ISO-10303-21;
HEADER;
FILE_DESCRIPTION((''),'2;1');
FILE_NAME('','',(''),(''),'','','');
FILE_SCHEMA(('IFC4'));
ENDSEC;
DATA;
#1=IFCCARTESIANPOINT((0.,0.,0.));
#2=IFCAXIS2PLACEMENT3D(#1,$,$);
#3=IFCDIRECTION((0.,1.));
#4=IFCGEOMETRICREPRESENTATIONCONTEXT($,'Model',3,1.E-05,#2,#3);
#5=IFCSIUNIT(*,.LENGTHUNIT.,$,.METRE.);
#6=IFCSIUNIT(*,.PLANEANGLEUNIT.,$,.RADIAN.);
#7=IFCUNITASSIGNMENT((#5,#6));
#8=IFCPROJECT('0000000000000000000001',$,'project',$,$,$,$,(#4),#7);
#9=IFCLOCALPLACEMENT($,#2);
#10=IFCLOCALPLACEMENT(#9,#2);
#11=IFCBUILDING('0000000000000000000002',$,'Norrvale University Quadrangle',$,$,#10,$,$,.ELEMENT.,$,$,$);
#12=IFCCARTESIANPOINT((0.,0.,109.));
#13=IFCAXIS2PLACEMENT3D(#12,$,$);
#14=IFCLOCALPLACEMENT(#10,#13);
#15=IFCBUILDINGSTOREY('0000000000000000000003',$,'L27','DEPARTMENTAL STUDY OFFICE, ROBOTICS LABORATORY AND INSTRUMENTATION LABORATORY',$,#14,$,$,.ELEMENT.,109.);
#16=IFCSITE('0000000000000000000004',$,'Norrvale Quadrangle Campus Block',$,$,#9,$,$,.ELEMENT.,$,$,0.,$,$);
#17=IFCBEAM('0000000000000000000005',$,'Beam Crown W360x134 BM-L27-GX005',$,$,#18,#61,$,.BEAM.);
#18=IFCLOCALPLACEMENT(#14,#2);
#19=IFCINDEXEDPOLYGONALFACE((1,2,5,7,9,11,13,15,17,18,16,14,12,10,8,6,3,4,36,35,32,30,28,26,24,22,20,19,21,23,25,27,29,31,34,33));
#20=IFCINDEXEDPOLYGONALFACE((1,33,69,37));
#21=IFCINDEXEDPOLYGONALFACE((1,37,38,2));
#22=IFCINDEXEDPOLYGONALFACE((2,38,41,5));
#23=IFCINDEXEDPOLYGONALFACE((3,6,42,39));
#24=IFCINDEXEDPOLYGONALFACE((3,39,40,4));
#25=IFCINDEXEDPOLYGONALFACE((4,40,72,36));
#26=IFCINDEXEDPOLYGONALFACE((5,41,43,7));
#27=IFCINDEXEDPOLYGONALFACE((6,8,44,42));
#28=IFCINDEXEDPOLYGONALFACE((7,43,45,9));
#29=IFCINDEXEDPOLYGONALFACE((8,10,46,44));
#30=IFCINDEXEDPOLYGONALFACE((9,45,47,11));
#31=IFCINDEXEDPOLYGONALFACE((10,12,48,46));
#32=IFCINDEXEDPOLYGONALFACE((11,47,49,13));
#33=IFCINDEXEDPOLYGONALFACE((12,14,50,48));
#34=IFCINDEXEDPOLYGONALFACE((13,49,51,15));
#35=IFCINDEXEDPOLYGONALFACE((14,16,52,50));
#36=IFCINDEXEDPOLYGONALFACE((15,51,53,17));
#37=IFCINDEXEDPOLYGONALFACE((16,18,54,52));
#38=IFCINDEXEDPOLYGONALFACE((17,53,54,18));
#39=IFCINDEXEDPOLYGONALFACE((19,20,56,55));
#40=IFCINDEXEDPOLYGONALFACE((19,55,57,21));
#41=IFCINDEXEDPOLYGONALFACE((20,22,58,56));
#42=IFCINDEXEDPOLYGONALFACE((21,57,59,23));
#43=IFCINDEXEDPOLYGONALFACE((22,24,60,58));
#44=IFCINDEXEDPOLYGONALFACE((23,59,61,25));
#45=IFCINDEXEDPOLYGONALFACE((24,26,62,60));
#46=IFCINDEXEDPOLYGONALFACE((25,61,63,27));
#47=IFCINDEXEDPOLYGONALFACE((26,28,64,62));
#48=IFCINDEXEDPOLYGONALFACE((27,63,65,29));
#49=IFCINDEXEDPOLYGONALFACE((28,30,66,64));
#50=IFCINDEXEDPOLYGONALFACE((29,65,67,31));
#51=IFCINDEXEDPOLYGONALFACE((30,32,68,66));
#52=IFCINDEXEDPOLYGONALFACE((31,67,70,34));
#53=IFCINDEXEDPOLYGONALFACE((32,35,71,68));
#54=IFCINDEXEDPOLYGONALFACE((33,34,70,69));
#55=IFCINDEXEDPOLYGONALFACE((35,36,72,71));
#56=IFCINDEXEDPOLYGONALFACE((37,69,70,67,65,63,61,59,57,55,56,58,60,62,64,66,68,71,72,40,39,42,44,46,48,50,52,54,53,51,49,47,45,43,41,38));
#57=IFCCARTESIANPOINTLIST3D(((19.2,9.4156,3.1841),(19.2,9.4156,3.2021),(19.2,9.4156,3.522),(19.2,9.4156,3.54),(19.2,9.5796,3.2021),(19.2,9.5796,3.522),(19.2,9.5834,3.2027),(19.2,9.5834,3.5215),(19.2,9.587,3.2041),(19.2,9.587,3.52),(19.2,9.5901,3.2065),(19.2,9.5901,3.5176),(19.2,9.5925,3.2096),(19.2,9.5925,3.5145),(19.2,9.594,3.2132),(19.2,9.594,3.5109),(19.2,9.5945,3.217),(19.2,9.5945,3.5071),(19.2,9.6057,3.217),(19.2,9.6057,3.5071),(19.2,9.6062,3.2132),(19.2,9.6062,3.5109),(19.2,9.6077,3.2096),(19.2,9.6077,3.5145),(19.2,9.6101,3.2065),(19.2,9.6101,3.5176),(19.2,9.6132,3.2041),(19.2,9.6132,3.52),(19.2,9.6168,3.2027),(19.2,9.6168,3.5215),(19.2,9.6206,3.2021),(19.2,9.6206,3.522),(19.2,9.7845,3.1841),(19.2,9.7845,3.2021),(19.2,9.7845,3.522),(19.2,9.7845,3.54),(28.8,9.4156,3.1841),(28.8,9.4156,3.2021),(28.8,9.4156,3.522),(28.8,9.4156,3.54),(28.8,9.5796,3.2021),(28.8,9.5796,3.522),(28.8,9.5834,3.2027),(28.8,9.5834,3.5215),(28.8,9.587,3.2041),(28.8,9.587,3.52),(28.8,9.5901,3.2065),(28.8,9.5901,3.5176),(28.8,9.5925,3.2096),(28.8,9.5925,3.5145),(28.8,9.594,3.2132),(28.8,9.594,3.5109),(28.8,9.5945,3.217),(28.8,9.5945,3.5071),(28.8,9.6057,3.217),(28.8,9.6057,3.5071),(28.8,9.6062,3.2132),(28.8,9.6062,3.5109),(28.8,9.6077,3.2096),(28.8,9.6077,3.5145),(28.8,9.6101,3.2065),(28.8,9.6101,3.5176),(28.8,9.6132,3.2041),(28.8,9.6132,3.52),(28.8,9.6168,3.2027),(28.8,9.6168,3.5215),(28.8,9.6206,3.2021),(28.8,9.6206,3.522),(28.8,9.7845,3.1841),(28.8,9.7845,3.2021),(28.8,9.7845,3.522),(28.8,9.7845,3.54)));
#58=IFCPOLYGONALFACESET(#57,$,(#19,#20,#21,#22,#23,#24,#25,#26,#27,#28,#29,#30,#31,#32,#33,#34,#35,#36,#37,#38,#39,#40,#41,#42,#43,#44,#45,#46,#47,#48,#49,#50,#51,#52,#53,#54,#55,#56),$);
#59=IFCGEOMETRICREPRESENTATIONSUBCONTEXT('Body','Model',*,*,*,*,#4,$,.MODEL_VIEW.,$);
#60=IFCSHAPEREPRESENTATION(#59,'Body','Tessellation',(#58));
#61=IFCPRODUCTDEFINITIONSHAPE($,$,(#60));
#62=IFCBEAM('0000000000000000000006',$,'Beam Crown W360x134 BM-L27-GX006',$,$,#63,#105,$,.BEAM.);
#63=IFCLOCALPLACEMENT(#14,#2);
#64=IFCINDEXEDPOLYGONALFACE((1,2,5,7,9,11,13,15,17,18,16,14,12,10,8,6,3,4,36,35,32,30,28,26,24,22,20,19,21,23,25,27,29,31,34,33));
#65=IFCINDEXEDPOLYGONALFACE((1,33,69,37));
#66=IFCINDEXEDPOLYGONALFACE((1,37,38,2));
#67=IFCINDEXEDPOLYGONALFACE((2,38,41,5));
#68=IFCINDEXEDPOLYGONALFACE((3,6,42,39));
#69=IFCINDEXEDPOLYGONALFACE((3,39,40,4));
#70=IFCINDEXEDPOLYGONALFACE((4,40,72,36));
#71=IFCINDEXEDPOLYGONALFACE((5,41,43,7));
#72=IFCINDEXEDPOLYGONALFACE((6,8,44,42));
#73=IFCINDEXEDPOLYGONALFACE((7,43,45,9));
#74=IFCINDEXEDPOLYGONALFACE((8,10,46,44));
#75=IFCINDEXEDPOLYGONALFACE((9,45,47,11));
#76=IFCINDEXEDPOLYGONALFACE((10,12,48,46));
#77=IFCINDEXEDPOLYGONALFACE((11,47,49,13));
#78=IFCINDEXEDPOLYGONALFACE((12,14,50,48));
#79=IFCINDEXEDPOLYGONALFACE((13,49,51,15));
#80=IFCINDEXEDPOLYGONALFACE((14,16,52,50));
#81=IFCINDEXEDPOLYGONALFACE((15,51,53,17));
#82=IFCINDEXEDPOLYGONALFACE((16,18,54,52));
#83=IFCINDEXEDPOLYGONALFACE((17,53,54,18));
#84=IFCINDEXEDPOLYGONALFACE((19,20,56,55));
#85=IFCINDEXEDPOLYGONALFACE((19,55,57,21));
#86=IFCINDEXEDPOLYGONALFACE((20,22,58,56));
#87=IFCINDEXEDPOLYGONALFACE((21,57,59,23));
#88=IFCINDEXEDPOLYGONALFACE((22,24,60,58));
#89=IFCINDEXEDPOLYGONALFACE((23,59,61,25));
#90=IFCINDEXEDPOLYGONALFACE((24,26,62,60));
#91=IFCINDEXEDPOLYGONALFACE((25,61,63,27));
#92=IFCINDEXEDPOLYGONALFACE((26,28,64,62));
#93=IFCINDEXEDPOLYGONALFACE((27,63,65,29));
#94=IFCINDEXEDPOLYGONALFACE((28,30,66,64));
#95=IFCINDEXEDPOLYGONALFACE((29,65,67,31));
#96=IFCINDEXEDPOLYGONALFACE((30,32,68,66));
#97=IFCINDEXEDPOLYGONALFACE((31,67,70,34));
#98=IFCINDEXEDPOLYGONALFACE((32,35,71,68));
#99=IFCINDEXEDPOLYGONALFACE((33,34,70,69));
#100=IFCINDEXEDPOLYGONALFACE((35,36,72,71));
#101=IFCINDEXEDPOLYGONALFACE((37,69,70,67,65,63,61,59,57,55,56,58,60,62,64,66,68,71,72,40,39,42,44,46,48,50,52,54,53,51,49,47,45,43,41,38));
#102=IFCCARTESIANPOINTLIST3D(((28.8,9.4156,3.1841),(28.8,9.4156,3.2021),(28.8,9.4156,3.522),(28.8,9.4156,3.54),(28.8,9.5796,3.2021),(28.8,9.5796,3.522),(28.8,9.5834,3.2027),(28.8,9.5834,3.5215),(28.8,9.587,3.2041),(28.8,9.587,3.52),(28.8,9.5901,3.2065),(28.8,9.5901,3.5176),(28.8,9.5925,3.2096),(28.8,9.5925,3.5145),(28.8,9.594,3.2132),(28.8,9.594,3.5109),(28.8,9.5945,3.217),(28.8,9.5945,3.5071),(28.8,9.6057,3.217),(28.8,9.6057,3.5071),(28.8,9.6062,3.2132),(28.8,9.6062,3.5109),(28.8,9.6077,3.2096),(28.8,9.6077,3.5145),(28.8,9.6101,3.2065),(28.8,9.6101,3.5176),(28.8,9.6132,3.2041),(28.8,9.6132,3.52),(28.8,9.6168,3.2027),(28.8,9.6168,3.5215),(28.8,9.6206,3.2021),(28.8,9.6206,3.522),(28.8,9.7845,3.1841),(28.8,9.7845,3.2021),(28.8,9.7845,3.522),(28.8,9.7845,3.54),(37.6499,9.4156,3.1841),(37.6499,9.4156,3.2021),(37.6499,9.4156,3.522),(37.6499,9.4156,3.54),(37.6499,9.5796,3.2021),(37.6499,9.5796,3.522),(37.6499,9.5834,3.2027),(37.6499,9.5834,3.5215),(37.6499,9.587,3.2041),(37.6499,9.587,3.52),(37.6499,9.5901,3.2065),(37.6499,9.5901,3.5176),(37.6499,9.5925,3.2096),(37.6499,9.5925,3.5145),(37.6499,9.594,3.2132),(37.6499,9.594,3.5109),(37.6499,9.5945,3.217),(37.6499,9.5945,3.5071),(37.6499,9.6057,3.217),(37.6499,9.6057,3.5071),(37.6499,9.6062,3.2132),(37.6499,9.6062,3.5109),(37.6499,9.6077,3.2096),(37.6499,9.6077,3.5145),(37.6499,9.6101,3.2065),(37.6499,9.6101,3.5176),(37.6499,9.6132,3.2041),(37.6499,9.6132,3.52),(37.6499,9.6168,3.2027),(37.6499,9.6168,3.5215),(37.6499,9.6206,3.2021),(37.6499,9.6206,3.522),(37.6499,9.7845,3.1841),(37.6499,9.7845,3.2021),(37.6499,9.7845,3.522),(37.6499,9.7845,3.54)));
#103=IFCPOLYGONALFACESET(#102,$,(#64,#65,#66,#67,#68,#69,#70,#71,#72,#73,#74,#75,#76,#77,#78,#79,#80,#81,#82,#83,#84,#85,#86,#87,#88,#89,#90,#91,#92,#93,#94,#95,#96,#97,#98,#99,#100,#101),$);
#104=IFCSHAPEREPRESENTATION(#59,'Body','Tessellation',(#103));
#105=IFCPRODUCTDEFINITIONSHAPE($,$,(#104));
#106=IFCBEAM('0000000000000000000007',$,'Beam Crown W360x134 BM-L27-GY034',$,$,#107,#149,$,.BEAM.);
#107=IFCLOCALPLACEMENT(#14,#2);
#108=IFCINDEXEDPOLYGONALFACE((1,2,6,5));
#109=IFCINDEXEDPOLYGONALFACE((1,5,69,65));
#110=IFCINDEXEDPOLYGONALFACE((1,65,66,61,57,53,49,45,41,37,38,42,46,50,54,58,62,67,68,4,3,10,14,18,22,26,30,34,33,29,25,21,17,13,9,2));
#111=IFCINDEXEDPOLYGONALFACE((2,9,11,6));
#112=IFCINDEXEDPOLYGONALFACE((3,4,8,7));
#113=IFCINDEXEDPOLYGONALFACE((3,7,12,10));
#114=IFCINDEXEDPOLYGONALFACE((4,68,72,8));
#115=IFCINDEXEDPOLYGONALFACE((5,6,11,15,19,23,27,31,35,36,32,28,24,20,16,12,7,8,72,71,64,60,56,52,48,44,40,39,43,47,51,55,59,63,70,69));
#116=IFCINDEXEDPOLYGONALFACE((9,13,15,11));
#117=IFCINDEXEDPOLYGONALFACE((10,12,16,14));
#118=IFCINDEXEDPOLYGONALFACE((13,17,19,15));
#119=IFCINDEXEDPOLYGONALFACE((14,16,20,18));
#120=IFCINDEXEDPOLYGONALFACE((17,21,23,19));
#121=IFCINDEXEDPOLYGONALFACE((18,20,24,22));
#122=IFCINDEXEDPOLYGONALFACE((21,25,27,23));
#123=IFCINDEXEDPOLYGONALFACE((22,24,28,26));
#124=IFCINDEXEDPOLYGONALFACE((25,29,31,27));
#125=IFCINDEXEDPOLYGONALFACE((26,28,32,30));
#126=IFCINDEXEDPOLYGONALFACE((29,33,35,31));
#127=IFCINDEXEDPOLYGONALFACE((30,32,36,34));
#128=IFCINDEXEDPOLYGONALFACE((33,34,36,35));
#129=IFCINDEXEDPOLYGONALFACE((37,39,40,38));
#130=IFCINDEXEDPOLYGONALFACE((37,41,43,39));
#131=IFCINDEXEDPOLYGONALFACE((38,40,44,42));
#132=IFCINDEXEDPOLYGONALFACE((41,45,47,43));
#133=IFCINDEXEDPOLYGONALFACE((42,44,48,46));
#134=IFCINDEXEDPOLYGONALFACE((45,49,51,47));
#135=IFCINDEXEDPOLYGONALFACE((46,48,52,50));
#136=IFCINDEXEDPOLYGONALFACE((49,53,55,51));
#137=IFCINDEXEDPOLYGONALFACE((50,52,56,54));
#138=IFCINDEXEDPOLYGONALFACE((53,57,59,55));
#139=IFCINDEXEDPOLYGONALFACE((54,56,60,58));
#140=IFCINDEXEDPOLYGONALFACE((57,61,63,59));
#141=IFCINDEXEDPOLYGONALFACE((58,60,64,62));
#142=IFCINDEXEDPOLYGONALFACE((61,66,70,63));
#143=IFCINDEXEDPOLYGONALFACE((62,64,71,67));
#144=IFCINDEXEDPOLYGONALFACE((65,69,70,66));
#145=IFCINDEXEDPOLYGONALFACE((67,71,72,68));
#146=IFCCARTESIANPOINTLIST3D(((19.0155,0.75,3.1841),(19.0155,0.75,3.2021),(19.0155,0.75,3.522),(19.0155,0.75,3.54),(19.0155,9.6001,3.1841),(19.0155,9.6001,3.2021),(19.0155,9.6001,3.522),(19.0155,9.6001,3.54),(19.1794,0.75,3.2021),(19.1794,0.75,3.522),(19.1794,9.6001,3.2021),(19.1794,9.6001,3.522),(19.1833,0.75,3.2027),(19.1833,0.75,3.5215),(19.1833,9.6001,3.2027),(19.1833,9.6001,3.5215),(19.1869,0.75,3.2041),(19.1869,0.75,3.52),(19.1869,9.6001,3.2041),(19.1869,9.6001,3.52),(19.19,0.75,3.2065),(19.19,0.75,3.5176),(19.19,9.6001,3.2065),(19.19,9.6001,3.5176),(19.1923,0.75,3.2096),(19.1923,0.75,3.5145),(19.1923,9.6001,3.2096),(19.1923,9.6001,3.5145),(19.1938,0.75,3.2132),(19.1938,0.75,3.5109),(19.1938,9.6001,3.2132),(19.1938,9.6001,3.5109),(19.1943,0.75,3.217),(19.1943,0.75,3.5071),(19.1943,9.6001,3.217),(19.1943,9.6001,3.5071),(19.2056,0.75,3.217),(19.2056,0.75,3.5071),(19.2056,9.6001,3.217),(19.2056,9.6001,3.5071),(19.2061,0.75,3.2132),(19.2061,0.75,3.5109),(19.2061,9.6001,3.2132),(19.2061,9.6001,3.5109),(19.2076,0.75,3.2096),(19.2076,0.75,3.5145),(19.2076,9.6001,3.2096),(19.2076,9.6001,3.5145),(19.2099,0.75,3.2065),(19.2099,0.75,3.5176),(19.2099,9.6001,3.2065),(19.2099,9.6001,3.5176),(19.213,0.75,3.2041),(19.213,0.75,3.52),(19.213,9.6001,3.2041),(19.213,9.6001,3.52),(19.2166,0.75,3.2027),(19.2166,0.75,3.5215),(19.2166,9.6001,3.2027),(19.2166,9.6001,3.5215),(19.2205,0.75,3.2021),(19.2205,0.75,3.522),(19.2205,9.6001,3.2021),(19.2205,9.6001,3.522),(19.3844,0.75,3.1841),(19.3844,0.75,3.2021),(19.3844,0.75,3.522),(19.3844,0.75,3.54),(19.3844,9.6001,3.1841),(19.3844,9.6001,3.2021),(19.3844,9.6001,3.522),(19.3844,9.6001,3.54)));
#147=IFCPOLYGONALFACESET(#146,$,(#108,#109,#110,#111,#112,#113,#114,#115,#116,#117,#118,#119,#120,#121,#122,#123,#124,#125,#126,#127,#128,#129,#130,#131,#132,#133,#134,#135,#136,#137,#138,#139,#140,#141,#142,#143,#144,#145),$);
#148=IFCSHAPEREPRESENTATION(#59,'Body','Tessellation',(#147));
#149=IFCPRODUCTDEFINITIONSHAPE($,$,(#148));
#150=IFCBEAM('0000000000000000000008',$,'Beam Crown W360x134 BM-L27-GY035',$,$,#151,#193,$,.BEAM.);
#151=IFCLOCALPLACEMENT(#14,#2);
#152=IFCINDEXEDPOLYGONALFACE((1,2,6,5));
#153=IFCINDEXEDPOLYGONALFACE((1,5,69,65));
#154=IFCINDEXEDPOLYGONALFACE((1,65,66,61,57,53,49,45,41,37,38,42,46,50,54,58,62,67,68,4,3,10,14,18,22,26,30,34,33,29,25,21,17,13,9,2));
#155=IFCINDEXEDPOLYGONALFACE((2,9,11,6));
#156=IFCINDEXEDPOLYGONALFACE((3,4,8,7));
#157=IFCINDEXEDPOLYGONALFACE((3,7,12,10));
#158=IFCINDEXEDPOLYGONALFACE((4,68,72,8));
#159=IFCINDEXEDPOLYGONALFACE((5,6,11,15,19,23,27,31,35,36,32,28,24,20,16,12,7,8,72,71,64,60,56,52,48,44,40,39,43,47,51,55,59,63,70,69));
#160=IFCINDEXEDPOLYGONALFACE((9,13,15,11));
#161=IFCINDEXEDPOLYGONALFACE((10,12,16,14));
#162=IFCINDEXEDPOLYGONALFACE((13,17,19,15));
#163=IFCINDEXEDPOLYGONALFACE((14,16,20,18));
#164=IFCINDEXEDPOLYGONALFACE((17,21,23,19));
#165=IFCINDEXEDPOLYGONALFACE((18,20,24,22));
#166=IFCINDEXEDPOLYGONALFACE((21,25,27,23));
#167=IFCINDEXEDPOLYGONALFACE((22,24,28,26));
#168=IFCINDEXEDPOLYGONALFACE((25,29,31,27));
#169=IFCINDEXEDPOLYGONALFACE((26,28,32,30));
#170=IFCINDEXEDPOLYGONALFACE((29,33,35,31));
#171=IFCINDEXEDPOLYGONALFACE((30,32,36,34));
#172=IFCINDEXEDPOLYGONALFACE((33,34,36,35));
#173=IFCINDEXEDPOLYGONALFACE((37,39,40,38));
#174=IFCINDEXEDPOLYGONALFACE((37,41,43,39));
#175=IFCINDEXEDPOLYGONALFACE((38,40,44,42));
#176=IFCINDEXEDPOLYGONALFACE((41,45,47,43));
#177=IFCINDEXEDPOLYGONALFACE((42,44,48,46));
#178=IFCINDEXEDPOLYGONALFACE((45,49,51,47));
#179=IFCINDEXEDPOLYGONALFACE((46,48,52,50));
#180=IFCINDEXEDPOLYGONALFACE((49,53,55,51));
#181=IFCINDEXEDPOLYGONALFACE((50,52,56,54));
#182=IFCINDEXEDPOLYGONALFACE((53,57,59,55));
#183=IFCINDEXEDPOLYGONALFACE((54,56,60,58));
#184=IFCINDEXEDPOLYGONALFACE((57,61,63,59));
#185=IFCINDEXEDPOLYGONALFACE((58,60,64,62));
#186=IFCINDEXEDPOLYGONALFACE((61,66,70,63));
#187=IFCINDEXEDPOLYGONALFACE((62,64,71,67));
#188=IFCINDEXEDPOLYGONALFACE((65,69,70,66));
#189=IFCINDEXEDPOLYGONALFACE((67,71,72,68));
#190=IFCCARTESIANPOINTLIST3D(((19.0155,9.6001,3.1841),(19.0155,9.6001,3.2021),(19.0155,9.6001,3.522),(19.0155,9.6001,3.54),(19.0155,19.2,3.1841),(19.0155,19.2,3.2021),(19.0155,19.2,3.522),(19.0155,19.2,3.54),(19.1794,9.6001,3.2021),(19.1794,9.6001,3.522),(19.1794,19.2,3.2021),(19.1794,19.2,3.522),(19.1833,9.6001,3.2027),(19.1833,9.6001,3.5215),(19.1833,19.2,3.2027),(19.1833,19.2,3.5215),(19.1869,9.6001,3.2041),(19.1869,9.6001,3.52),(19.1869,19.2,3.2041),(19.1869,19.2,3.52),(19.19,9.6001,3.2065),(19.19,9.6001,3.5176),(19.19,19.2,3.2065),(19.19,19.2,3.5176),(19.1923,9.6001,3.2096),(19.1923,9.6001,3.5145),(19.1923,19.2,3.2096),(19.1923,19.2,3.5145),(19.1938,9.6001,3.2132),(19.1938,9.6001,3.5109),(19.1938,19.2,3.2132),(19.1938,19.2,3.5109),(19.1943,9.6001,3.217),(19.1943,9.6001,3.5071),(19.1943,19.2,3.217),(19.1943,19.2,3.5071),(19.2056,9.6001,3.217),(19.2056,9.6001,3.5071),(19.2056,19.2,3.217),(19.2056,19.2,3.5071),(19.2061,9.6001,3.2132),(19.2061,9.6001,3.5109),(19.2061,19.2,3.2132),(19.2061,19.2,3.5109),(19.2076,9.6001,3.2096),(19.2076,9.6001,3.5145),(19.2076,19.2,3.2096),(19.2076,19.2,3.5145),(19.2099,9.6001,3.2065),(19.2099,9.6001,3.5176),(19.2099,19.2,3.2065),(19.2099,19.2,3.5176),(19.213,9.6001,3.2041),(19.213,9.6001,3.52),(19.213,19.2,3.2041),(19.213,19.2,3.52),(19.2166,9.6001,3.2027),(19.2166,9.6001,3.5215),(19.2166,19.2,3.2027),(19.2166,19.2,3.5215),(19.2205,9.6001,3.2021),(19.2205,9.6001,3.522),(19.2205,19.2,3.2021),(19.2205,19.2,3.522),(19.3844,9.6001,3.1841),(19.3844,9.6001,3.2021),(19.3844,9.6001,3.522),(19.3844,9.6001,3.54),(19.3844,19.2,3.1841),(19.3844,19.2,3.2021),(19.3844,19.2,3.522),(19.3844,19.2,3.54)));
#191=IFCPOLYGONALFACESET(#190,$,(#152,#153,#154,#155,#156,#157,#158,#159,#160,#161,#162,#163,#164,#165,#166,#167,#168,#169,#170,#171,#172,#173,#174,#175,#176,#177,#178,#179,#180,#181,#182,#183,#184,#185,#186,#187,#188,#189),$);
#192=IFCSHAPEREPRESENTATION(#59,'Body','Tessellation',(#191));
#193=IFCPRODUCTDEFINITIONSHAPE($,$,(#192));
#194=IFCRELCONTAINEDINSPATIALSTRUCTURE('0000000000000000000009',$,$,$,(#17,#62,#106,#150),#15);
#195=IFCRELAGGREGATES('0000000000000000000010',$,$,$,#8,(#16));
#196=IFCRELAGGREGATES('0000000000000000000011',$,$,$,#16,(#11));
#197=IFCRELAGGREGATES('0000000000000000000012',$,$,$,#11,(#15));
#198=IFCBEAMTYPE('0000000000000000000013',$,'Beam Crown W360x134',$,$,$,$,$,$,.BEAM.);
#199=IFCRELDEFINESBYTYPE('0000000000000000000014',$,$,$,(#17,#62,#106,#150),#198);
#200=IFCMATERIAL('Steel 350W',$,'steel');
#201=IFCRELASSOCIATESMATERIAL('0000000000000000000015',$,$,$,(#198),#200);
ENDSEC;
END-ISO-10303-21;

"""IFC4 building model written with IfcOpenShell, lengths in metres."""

from ifc_helpers import new_model, si_unit, direction, frame, origin, origin_2d, place, context, subcontext, project, spatial, i_section, extrude, material, material_profile, profile_set, type_object, element, save


model = new_model("IFC4")

# Units and contexts
model_context = context("Model", 3, precision=1e-05, world=origin(), true_north=direction((0.0, 1.0)))
body_context = subcontext(model_context, "Body", "Model", "MODEL_VIEW")
ifc_project = project(units=[si_unit("LENGTHUNIT", "METRE"), si_unit("PLANEANGLEUNIT", "RADIAN")], contexts=[model_context])

# Site, building, storey
site_placement = place(None, origin())
site = spatial("IfcSite", under=ifc_project, at=site_placement, Name="Norrvale Quadrangle Campus Block", CompositionType="ELEMENT", RefElevation=0.0)
building_placement = place(site_placement, origin())
building = spatial("IfcBuilding", under=site, at=building_placement, Name="Norrvale University Quadrangle", CompositionType="ELEMENT")
storey_placement = place(building_placement, frame((0.0, 0.0, 109.0)))
storey = spatial("IfcBuildingStorey", under=building, at=storey_placement, Name="L27", Description="DEPARTMENTAL STUDY OFFICE, ROBOTICS LABORATORY AND INSTRUMENTATION LABORATORY", CompositionType="ELEMENT", Elevation=109.0)

# Beams
ifc_material_1 = material(Name="Steel 350W", Category="steel")
ifc_material_profile_1 = material_profile(ifc_material_1, i_section(OverallWidth=0.3689, OverallDepth=0.356, WebThickness=0.0112, FlangeThickness=0.0181, FilletRadius=0.0149, at=origin_2d()), Name="Steel 350W")
ifc_profile_set_1 = profile_set([ifc_material_profile_1], Name="Steel 350W")
beam_type_1 = type_object("IfcBeamType", Name="Beam Crown W360x134", PredefinedType="BEAM", material=ifc_profile_set_1)
beam_1_placement = place(storey_placement, frame((19.2, 9.6001, 3.3621), z_axis=(1.0, 0.0, 0.0), x_axis=(0.0, 1.0, 0.0)))
element("IfcBeam", 1, at=beam_1_placement, inside=storey, type_object=beam_type_1, Name="Beam Crown W360x134 BM-L27-GX005", PredefinedType="BEAM", context=body_context, shape_type="SweptSolid", body=[
    extrude(i_section(OverallWidth=0.3689, OverallDepth=0.356, WebThickness=0.0112, FlangeThickness=0.0181, FilletRadius=0.0149, at=origin_2d()), origin(), (0.0, 0.0, 1.0), 9.6001),
])
beam_2_placement = place(storey_placement, frame((28.8, 9.6001, 3.3621), z_axis=(1.0, 0.0, 0.0), x_axis=(0.0, 1.0, 0.0)))
element("IfcBeam", 2, at=beam_2_placement, inside=storey, type_object=beam_type_1, Name="Beam Crown W360x134 BM-L27-GX006", PredefinedType="BEAM", context=body_context, shape_type="SweptSolid", body=[
    extrude(i_section(OverallWidth=0.3689, OverallDepth=0.356, WebThickness=0.0112, FlangeThickness=0.0181, FilletRadius=0.0149, at=origin_2d()), origin(), (0.0, 0.0, 1.0), 8.8499),
])
beam_3_placement = place(storey_placement, frame((19.2, 0.75, 3.3621), z_axis=(0.0, 1.0, 0.0), x_axis=(-1.0, 0.0, 0.0)))
element("IfcBeam", 3, at=beam_3_placement, inside=storey, type_object=beam_type_1, Name="Beam Crown W360x134 BM-L27-GY034", PredefinedType="BEAM", context=body_context, shape_type="SweptSolid", body=[
    extrude(i_section(OverallWidth=0.3689, OverallDepth=0.356, WebThickness=0.0112, FlangeThickness=0.0181, FilletRadius=0.0149, at=origin_2d()), origin(), (0.0, 0.0, 1.0), 8.8501),
])
beam_4_placement = place(storey_placement, frame((19.2, 9.6001, 3.3621), z_axis=(0.0, 1.0, 0.0), x_axis=(-1.0, 0.0, 0.0)))
element("IfcBeam", 4, at=beam_4_placement, inside=storey, type_object=beam_type_1, Name="Beam Crown W360x134 BM-L27-GY035", PredefinedType="BEAM", context=body_context, shape_type="SweptSolid", body=[
    extrude(i_section(OverallWidth=0.3689, OverallDepth=0.356, WebThickness=0.0112, FlangeThickness=0.0181, FilletRadius=0.0149, at=origin_2d()), origin(), (0.0, 0.0, 1.0), 9.5999),
])

save(model, "model.ifc")
